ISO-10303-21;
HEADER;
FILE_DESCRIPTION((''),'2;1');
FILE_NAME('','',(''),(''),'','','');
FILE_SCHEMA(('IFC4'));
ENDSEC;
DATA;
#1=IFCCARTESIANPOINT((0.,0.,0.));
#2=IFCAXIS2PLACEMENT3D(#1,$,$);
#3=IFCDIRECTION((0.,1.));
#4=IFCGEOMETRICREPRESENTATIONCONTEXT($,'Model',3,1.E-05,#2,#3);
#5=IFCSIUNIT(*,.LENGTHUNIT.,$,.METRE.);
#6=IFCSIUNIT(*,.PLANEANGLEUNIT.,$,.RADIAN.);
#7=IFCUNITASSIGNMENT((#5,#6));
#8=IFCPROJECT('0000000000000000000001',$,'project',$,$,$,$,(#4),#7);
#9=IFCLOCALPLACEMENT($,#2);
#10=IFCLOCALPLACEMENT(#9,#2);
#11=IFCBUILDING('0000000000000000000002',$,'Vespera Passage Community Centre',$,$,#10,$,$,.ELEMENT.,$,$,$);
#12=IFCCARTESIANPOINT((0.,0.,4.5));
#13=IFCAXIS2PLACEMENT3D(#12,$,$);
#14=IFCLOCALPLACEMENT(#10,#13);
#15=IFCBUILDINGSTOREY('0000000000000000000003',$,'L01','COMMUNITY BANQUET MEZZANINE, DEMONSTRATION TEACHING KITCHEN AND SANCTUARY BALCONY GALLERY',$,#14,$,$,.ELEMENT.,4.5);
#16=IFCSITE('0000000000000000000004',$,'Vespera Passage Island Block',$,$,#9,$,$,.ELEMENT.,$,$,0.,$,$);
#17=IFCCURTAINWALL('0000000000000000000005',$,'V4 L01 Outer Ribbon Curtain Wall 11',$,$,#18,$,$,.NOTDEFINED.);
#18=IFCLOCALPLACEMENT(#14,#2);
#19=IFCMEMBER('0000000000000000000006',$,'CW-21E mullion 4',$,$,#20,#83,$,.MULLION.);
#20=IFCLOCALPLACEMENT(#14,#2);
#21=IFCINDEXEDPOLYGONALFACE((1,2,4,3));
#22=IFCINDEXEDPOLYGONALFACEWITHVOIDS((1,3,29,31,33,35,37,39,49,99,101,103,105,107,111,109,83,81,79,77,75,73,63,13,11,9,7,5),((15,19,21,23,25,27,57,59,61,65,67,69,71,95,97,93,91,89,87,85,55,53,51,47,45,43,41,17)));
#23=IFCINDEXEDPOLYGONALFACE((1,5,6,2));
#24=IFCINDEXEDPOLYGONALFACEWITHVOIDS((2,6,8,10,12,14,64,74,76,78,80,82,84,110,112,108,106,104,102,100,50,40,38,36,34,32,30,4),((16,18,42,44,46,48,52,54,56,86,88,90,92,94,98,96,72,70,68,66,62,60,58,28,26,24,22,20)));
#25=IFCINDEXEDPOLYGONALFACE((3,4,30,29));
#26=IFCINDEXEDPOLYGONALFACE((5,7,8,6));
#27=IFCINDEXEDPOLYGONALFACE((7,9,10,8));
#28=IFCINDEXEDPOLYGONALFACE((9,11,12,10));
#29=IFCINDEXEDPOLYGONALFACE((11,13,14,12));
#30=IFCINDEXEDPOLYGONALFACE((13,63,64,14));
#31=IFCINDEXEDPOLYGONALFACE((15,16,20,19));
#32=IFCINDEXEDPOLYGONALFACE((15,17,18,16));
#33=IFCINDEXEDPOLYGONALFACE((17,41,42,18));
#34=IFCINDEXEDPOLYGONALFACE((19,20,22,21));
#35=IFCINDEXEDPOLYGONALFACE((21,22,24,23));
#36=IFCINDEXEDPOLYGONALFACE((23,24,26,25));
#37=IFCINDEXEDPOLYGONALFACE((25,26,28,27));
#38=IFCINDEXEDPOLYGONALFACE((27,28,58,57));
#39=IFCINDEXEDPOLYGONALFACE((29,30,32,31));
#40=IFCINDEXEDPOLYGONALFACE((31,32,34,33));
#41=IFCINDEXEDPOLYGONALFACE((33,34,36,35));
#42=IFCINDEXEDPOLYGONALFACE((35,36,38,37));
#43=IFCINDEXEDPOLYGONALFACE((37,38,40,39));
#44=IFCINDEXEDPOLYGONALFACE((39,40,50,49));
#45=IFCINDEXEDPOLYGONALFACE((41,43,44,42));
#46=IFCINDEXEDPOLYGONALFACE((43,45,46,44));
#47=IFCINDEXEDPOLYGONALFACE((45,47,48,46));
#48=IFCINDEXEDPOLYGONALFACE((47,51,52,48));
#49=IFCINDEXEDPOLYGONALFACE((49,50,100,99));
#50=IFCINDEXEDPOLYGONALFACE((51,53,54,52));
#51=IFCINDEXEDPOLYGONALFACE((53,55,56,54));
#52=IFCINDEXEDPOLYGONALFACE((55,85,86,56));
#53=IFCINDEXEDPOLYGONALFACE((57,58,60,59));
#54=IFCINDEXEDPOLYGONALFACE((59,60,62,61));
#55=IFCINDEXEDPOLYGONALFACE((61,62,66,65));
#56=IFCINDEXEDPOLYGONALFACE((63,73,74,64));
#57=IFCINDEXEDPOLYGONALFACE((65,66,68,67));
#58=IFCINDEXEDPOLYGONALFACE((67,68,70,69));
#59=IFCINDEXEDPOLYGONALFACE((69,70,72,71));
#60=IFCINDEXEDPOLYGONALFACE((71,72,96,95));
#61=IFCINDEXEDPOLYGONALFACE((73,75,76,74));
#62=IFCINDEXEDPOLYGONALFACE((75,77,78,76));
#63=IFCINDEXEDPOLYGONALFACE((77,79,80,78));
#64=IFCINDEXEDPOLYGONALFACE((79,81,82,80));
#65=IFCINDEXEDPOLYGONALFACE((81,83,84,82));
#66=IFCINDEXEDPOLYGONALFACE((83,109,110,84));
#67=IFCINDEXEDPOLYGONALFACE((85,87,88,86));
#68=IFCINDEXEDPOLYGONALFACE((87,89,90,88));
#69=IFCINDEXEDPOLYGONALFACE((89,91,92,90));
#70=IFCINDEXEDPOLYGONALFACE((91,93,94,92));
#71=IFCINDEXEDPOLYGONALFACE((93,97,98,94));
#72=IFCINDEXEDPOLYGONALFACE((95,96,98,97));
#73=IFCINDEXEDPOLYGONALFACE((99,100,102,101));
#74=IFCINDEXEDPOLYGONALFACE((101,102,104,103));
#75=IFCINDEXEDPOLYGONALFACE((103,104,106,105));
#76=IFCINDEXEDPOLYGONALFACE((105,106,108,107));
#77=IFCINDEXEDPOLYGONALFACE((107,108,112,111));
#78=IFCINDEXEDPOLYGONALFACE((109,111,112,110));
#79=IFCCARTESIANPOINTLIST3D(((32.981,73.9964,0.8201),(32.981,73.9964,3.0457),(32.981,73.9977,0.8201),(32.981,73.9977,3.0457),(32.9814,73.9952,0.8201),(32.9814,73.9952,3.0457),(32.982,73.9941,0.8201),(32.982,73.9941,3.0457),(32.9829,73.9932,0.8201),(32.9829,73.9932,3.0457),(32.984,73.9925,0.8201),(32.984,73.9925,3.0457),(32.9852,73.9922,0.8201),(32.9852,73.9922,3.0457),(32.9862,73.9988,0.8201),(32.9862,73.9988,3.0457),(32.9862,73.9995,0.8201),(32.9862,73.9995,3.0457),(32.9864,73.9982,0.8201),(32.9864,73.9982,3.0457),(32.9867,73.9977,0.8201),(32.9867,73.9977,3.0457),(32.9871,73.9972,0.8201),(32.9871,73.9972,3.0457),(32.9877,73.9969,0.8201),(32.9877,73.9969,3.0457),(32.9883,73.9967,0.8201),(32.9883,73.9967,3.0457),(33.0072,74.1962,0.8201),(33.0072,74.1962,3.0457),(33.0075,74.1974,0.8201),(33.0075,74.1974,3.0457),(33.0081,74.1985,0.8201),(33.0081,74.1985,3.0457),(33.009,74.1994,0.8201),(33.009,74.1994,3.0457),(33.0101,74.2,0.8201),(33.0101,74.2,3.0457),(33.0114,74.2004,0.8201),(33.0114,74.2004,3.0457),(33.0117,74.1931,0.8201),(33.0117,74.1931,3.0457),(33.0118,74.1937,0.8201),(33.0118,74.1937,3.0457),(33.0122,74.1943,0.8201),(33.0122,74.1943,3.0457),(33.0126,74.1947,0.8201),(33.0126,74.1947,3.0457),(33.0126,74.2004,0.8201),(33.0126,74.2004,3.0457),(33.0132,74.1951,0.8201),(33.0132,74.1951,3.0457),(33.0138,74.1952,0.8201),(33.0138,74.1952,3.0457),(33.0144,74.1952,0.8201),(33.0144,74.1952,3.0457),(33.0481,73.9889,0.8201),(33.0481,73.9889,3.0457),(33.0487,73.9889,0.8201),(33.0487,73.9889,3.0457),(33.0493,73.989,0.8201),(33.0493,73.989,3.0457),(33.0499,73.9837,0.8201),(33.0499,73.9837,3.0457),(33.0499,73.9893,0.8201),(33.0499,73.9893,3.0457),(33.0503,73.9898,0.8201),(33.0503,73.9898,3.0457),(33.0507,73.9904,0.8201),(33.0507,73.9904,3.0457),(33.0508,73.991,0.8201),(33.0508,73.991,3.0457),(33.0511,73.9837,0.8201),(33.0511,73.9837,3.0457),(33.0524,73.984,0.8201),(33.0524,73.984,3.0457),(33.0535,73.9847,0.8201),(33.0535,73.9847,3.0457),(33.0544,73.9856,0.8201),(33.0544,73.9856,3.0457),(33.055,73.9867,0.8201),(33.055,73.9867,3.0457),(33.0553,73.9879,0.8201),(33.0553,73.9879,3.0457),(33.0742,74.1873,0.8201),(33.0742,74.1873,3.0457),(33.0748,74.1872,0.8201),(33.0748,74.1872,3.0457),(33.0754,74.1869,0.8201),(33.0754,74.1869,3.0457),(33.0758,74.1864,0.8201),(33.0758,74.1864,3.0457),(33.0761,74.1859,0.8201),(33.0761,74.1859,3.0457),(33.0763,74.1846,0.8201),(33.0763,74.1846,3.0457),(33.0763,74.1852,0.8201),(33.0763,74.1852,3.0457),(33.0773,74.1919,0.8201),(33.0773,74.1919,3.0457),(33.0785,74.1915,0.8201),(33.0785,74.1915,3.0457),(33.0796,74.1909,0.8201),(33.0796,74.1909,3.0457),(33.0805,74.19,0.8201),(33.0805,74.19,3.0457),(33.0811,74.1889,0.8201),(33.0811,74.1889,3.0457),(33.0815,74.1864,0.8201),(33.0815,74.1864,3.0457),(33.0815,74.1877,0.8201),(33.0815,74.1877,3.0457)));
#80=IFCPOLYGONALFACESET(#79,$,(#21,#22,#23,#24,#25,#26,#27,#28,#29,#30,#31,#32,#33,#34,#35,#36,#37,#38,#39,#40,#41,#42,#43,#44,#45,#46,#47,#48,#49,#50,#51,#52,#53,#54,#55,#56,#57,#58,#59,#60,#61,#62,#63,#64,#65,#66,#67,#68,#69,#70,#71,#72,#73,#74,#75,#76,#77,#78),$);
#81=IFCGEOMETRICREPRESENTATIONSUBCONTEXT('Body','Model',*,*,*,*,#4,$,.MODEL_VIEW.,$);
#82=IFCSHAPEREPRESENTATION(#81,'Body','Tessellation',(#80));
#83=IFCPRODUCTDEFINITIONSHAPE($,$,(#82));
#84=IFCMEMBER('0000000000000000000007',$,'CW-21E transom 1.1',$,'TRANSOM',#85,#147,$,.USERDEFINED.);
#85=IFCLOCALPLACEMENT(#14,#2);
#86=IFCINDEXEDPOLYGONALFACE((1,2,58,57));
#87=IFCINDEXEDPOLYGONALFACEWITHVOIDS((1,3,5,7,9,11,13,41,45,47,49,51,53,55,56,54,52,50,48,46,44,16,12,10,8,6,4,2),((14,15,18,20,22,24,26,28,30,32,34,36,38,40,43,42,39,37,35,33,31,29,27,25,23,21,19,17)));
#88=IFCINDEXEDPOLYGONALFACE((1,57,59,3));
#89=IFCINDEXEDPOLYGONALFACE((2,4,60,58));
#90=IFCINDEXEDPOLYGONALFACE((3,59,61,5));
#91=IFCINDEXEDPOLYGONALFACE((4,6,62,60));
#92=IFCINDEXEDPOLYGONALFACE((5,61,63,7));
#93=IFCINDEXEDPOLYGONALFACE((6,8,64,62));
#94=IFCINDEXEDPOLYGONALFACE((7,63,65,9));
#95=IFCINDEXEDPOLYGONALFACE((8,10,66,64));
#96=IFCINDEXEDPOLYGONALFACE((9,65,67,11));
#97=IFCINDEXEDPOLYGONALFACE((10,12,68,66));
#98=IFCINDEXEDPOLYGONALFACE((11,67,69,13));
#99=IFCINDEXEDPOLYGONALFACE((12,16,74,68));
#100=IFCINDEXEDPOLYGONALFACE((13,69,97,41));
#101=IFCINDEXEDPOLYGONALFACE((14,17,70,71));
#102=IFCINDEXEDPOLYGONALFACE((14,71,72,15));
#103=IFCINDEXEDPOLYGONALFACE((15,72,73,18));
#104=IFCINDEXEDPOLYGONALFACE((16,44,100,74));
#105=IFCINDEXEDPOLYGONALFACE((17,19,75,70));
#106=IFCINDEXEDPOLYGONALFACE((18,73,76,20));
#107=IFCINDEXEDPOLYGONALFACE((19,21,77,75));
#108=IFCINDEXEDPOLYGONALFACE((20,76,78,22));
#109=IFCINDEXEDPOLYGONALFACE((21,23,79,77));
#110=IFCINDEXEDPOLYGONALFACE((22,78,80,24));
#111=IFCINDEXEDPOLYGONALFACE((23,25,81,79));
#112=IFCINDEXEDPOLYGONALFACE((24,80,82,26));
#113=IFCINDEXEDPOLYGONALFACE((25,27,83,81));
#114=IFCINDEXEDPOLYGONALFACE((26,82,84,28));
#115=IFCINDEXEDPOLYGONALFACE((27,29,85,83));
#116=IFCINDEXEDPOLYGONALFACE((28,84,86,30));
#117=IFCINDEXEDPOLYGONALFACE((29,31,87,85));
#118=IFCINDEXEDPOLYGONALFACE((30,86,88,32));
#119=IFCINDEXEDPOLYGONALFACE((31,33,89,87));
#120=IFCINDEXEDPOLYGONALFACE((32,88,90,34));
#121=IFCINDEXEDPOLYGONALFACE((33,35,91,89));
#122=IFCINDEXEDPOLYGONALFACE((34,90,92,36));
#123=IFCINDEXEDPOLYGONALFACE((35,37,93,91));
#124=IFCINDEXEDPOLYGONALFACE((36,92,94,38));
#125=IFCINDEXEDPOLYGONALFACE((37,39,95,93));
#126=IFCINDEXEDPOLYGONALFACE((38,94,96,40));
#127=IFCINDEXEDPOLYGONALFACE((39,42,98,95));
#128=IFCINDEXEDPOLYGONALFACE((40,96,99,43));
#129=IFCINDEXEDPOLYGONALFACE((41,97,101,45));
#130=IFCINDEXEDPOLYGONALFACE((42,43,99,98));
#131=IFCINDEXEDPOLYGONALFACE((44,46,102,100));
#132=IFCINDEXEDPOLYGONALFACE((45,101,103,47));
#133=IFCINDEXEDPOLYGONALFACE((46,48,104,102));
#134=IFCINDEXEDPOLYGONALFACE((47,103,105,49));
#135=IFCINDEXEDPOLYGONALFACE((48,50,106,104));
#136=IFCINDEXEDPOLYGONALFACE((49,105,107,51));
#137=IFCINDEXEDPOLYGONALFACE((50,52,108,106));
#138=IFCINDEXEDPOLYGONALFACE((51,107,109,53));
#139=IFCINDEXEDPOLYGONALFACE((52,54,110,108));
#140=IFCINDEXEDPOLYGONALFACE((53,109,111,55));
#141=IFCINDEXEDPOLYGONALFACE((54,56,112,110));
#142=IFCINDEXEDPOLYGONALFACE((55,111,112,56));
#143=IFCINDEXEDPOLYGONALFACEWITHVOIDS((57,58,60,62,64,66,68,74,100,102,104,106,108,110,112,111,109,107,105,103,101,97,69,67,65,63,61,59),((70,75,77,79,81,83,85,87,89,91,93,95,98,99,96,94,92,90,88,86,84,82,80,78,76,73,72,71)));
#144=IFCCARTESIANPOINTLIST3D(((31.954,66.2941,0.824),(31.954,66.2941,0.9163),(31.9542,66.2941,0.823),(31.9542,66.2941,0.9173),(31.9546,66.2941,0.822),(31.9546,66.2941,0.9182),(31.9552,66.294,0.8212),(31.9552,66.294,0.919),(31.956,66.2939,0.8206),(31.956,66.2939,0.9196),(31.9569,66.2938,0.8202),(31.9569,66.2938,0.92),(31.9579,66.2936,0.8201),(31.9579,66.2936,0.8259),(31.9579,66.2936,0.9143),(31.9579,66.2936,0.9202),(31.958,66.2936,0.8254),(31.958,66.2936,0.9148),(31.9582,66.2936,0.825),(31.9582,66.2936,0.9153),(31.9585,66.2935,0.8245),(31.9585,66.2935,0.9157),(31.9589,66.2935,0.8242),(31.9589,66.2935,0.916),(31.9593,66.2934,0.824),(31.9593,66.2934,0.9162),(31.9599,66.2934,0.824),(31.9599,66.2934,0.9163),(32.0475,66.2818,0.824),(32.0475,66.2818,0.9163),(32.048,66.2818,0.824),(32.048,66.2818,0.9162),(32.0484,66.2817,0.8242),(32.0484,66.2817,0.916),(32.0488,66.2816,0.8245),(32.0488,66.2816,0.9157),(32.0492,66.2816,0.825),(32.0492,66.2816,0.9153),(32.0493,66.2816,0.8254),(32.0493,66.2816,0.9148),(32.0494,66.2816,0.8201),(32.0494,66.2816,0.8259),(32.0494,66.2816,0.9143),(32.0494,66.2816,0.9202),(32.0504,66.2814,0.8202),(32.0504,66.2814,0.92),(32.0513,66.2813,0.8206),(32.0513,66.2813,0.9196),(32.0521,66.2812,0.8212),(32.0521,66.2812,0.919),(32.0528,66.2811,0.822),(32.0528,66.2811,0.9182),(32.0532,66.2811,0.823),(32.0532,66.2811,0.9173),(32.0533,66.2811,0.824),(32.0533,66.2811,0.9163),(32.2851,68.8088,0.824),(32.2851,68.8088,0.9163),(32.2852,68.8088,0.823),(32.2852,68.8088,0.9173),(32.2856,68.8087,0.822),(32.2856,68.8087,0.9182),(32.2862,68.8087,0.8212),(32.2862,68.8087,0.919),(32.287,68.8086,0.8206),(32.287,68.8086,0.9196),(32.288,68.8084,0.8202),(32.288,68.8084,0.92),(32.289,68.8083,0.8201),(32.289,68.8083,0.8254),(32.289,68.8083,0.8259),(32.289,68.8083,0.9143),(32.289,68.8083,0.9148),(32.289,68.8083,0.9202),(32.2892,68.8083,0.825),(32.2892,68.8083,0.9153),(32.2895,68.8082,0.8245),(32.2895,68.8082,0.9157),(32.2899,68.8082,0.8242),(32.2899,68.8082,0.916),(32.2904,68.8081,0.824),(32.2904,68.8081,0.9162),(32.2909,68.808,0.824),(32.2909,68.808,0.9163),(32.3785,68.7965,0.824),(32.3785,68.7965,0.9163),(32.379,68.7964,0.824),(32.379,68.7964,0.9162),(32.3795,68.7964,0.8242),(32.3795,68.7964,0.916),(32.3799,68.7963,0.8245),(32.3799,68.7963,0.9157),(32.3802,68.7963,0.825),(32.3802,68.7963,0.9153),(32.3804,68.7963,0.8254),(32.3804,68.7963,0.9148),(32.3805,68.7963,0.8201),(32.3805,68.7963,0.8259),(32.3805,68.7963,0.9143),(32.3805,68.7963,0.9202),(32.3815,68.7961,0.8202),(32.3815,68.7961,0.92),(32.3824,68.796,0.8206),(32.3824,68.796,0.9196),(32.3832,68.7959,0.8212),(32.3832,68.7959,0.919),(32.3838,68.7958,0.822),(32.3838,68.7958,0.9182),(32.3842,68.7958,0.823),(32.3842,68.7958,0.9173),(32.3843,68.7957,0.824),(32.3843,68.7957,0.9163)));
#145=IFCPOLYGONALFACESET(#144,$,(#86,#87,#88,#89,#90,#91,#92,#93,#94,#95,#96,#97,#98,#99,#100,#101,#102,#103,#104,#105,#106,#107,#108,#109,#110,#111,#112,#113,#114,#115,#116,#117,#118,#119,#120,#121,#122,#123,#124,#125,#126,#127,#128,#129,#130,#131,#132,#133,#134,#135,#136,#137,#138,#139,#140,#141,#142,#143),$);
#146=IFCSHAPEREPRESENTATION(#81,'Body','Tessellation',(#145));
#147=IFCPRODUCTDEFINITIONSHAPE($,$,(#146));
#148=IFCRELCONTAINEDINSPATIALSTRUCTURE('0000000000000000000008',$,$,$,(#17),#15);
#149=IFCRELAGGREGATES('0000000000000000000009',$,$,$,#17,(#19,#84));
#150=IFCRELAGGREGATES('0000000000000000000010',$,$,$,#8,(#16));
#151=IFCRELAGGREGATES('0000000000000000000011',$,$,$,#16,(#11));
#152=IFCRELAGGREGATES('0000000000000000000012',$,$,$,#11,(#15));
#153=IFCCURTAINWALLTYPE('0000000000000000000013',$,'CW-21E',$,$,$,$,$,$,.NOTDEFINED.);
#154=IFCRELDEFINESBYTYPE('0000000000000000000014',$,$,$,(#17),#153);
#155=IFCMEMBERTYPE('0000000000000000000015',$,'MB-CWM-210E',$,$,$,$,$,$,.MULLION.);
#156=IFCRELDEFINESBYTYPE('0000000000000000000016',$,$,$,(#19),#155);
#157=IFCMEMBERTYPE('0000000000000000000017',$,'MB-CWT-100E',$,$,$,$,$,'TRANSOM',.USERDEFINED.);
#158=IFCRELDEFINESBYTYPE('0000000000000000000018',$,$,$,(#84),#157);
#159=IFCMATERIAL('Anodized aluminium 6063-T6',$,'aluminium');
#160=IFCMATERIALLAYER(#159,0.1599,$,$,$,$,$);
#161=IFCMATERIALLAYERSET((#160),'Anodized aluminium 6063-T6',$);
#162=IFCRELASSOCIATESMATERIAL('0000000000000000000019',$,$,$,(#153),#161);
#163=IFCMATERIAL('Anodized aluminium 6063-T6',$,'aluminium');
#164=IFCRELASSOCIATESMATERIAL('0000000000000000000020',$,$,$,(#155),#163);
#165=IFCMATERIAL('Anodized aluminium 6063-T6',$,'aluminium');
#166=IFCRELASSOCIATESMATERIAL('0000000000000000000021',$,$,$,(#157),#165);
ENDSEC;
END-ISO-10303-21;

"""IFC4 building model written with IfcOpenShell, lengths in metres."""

from ifc_helpers import new_model, si_unit, direction, frame, origin, origin_2d, place, context, subcontext, project, spatial, hollow_rectangle, extrude, material, layer, layer_set, material_profile, profile_set, type_object, element, aggregate, save


model = new_model("IFC4")

# Units and contexts
model_context = context("Model", 3, precision=1e-05, world=origin(), true_north=direction((0.0, 1.0)))
body_context = subcontext(model_context, "Body", "Model", "MODEL_VIEW")
ifc_project = project(units=[si_unit("LENGTHUNIT", "METRE"), si_unit("PLANEANGLEUNIT", "RADIAN")], contexts=[model_context])

# Site, building, storey
site_placement = place(None, origin())
site = spatial("IfcSite", under=ifc_project, at=site_placement, Name="Vespera Passage Island Block", CompositionType="ELEMENT", RefElevation=0.0)
building_placement = place(site_placement, origin())
building = spatial("IfcBuilding", under=site, at=building_placement, Name="Vespera Passage Community Centre", CompositionType="ELEMENT")
storey_placement = place(building_placement, frame((0.0, 0.0, 4.5)))
storey = spatial("IfcBuildingStorey", under=building, at=storey_placement, Name="L01", Description="COMMUNITY BANQUET MEZZANINE, DEMONSTRATION TEACHING KITCHEN AND SANCTUARY BALCONY GALLERY", CompositionType="ELEMENT", Elevation=4.5)

# Curtain wall, members
ifc_material_1 = material(Name="Anodized aluminium 6063-T6", Category="aluminium")
ifc_layer_1 = layer(ifc_material_1, 0.1599)
ifc_layer_set_1 = layer_set([ifc_layer_1], Name="Anodized aluminium 6063-T6")
curtain_wall_type = type_object("IfcCurtainWallType", Name="CW-21E", PredefinedType="NOTDEFINED", material=ifc_layer_set_1)
curtain_wall_placement = place(storey_placement, origin())
curtain_wall = element("IfcCurtainWall", 1, at=curtain_wall_placement, inside=storey, type_object=curtain_wall_type, Name="V4 L01 Outer Ribbon Curtain Wall 11", PredefinedType="NOTDEFINED")
ifc_material_2 = material(Name="Anodized aluminium 6063-T6", Category="aluminium")
ifc_material_profile_1 = material_profile(ifc_material_2, hollow_rectangle(XDim=0.075, YDim=0.21, WallThickness=0.0049, InnerFilletRadius=0.0024, OuterFilletRadius=0.0049, at=origin_2d()), Name="ALU210X75X5")
ifc_profile_set_1 = profile_set([ifc_material_profile_1], Name="Anodized aluminium 6063-T6")
member_type_1 = type_object("IfcMemberType", Name="MB-CWM-210E", PredefinedType="MULLION", material=ifc_profile_set_1)
member_1_placement = place(storey_placement, frame((33.0312, 74.092, 0.8201), z_axis=(0.0, 0.0, 1.0), x_axis=(-0.991445, 0.130523, 0.0)))
member_1 = element("IfcMember", 2, at=member_1_placement, type_object=member_type_1, Name="CW-21E mullion 4", PredefinedType="MULLION", context=body_context, shape_type="SweptSolid", body=[
    extrude(hollow_rectangle(XDim=0.075, YDim=0.21, WallThickness=0.0049, InnerFilletRadius=0.0024, OuterFilletRadius=0.0049, at=origin_2d()), origin(), (0.0, 0.0, 1.0), 2.2256),
])
ifc_material_3 = material(Name="Anodized aluminium 6063-T6", Category="aluminium")
ifc_material_profile_2 = material_profile(ifc_material_3, hollow_rectangle(XDim=0.1001, YDim=0.1001, WallThickness=0.0039, InnerFilletRadius=0.002, OuterFilletRadius=0.0039, at=origin_2d()), Name="ALU100X100X4")
ifc_profile_set_2 = profile_set([ifc_material_profile_2], Name="Anodized aluminium 6063-T6")
member_type_2 = type_object("IfcMemberType", Name="MB-CWT-100E", ElementType="TRANSOM", PredefinedType="USERDEFINED", material=ifc_profile_set_2)
member_2_placement = place(storey_placement, frame((32.0037, 66.2876, 0.8701), z_axis=(0.130524, 0.991445, 0.0), x_axis=(-0.991445, 0.130524, 0.0)))
member_2 = element("IfcMember", 3, at=member_2_placement, type_object=member_type_2, Name="CW-21E transom 1.1", ObjectType="TRANSOM", PredefinedType="USERDEFINED", context=body_context, shape_type="SweptSolid", body=[
    extrude(hollow_rectangle(XDim=0.1001, YDim=0.1001, WallThickness=0.0039, InnerFilletRadius=0.002, OuterFilletRadius=0.0039, at=origin_2d()), origin(), (0.0, 0.0, 1.0), 2.5364),
])
aggregate(curtain_wall, [member_1, member_2])

save(model, "model.ifc")
